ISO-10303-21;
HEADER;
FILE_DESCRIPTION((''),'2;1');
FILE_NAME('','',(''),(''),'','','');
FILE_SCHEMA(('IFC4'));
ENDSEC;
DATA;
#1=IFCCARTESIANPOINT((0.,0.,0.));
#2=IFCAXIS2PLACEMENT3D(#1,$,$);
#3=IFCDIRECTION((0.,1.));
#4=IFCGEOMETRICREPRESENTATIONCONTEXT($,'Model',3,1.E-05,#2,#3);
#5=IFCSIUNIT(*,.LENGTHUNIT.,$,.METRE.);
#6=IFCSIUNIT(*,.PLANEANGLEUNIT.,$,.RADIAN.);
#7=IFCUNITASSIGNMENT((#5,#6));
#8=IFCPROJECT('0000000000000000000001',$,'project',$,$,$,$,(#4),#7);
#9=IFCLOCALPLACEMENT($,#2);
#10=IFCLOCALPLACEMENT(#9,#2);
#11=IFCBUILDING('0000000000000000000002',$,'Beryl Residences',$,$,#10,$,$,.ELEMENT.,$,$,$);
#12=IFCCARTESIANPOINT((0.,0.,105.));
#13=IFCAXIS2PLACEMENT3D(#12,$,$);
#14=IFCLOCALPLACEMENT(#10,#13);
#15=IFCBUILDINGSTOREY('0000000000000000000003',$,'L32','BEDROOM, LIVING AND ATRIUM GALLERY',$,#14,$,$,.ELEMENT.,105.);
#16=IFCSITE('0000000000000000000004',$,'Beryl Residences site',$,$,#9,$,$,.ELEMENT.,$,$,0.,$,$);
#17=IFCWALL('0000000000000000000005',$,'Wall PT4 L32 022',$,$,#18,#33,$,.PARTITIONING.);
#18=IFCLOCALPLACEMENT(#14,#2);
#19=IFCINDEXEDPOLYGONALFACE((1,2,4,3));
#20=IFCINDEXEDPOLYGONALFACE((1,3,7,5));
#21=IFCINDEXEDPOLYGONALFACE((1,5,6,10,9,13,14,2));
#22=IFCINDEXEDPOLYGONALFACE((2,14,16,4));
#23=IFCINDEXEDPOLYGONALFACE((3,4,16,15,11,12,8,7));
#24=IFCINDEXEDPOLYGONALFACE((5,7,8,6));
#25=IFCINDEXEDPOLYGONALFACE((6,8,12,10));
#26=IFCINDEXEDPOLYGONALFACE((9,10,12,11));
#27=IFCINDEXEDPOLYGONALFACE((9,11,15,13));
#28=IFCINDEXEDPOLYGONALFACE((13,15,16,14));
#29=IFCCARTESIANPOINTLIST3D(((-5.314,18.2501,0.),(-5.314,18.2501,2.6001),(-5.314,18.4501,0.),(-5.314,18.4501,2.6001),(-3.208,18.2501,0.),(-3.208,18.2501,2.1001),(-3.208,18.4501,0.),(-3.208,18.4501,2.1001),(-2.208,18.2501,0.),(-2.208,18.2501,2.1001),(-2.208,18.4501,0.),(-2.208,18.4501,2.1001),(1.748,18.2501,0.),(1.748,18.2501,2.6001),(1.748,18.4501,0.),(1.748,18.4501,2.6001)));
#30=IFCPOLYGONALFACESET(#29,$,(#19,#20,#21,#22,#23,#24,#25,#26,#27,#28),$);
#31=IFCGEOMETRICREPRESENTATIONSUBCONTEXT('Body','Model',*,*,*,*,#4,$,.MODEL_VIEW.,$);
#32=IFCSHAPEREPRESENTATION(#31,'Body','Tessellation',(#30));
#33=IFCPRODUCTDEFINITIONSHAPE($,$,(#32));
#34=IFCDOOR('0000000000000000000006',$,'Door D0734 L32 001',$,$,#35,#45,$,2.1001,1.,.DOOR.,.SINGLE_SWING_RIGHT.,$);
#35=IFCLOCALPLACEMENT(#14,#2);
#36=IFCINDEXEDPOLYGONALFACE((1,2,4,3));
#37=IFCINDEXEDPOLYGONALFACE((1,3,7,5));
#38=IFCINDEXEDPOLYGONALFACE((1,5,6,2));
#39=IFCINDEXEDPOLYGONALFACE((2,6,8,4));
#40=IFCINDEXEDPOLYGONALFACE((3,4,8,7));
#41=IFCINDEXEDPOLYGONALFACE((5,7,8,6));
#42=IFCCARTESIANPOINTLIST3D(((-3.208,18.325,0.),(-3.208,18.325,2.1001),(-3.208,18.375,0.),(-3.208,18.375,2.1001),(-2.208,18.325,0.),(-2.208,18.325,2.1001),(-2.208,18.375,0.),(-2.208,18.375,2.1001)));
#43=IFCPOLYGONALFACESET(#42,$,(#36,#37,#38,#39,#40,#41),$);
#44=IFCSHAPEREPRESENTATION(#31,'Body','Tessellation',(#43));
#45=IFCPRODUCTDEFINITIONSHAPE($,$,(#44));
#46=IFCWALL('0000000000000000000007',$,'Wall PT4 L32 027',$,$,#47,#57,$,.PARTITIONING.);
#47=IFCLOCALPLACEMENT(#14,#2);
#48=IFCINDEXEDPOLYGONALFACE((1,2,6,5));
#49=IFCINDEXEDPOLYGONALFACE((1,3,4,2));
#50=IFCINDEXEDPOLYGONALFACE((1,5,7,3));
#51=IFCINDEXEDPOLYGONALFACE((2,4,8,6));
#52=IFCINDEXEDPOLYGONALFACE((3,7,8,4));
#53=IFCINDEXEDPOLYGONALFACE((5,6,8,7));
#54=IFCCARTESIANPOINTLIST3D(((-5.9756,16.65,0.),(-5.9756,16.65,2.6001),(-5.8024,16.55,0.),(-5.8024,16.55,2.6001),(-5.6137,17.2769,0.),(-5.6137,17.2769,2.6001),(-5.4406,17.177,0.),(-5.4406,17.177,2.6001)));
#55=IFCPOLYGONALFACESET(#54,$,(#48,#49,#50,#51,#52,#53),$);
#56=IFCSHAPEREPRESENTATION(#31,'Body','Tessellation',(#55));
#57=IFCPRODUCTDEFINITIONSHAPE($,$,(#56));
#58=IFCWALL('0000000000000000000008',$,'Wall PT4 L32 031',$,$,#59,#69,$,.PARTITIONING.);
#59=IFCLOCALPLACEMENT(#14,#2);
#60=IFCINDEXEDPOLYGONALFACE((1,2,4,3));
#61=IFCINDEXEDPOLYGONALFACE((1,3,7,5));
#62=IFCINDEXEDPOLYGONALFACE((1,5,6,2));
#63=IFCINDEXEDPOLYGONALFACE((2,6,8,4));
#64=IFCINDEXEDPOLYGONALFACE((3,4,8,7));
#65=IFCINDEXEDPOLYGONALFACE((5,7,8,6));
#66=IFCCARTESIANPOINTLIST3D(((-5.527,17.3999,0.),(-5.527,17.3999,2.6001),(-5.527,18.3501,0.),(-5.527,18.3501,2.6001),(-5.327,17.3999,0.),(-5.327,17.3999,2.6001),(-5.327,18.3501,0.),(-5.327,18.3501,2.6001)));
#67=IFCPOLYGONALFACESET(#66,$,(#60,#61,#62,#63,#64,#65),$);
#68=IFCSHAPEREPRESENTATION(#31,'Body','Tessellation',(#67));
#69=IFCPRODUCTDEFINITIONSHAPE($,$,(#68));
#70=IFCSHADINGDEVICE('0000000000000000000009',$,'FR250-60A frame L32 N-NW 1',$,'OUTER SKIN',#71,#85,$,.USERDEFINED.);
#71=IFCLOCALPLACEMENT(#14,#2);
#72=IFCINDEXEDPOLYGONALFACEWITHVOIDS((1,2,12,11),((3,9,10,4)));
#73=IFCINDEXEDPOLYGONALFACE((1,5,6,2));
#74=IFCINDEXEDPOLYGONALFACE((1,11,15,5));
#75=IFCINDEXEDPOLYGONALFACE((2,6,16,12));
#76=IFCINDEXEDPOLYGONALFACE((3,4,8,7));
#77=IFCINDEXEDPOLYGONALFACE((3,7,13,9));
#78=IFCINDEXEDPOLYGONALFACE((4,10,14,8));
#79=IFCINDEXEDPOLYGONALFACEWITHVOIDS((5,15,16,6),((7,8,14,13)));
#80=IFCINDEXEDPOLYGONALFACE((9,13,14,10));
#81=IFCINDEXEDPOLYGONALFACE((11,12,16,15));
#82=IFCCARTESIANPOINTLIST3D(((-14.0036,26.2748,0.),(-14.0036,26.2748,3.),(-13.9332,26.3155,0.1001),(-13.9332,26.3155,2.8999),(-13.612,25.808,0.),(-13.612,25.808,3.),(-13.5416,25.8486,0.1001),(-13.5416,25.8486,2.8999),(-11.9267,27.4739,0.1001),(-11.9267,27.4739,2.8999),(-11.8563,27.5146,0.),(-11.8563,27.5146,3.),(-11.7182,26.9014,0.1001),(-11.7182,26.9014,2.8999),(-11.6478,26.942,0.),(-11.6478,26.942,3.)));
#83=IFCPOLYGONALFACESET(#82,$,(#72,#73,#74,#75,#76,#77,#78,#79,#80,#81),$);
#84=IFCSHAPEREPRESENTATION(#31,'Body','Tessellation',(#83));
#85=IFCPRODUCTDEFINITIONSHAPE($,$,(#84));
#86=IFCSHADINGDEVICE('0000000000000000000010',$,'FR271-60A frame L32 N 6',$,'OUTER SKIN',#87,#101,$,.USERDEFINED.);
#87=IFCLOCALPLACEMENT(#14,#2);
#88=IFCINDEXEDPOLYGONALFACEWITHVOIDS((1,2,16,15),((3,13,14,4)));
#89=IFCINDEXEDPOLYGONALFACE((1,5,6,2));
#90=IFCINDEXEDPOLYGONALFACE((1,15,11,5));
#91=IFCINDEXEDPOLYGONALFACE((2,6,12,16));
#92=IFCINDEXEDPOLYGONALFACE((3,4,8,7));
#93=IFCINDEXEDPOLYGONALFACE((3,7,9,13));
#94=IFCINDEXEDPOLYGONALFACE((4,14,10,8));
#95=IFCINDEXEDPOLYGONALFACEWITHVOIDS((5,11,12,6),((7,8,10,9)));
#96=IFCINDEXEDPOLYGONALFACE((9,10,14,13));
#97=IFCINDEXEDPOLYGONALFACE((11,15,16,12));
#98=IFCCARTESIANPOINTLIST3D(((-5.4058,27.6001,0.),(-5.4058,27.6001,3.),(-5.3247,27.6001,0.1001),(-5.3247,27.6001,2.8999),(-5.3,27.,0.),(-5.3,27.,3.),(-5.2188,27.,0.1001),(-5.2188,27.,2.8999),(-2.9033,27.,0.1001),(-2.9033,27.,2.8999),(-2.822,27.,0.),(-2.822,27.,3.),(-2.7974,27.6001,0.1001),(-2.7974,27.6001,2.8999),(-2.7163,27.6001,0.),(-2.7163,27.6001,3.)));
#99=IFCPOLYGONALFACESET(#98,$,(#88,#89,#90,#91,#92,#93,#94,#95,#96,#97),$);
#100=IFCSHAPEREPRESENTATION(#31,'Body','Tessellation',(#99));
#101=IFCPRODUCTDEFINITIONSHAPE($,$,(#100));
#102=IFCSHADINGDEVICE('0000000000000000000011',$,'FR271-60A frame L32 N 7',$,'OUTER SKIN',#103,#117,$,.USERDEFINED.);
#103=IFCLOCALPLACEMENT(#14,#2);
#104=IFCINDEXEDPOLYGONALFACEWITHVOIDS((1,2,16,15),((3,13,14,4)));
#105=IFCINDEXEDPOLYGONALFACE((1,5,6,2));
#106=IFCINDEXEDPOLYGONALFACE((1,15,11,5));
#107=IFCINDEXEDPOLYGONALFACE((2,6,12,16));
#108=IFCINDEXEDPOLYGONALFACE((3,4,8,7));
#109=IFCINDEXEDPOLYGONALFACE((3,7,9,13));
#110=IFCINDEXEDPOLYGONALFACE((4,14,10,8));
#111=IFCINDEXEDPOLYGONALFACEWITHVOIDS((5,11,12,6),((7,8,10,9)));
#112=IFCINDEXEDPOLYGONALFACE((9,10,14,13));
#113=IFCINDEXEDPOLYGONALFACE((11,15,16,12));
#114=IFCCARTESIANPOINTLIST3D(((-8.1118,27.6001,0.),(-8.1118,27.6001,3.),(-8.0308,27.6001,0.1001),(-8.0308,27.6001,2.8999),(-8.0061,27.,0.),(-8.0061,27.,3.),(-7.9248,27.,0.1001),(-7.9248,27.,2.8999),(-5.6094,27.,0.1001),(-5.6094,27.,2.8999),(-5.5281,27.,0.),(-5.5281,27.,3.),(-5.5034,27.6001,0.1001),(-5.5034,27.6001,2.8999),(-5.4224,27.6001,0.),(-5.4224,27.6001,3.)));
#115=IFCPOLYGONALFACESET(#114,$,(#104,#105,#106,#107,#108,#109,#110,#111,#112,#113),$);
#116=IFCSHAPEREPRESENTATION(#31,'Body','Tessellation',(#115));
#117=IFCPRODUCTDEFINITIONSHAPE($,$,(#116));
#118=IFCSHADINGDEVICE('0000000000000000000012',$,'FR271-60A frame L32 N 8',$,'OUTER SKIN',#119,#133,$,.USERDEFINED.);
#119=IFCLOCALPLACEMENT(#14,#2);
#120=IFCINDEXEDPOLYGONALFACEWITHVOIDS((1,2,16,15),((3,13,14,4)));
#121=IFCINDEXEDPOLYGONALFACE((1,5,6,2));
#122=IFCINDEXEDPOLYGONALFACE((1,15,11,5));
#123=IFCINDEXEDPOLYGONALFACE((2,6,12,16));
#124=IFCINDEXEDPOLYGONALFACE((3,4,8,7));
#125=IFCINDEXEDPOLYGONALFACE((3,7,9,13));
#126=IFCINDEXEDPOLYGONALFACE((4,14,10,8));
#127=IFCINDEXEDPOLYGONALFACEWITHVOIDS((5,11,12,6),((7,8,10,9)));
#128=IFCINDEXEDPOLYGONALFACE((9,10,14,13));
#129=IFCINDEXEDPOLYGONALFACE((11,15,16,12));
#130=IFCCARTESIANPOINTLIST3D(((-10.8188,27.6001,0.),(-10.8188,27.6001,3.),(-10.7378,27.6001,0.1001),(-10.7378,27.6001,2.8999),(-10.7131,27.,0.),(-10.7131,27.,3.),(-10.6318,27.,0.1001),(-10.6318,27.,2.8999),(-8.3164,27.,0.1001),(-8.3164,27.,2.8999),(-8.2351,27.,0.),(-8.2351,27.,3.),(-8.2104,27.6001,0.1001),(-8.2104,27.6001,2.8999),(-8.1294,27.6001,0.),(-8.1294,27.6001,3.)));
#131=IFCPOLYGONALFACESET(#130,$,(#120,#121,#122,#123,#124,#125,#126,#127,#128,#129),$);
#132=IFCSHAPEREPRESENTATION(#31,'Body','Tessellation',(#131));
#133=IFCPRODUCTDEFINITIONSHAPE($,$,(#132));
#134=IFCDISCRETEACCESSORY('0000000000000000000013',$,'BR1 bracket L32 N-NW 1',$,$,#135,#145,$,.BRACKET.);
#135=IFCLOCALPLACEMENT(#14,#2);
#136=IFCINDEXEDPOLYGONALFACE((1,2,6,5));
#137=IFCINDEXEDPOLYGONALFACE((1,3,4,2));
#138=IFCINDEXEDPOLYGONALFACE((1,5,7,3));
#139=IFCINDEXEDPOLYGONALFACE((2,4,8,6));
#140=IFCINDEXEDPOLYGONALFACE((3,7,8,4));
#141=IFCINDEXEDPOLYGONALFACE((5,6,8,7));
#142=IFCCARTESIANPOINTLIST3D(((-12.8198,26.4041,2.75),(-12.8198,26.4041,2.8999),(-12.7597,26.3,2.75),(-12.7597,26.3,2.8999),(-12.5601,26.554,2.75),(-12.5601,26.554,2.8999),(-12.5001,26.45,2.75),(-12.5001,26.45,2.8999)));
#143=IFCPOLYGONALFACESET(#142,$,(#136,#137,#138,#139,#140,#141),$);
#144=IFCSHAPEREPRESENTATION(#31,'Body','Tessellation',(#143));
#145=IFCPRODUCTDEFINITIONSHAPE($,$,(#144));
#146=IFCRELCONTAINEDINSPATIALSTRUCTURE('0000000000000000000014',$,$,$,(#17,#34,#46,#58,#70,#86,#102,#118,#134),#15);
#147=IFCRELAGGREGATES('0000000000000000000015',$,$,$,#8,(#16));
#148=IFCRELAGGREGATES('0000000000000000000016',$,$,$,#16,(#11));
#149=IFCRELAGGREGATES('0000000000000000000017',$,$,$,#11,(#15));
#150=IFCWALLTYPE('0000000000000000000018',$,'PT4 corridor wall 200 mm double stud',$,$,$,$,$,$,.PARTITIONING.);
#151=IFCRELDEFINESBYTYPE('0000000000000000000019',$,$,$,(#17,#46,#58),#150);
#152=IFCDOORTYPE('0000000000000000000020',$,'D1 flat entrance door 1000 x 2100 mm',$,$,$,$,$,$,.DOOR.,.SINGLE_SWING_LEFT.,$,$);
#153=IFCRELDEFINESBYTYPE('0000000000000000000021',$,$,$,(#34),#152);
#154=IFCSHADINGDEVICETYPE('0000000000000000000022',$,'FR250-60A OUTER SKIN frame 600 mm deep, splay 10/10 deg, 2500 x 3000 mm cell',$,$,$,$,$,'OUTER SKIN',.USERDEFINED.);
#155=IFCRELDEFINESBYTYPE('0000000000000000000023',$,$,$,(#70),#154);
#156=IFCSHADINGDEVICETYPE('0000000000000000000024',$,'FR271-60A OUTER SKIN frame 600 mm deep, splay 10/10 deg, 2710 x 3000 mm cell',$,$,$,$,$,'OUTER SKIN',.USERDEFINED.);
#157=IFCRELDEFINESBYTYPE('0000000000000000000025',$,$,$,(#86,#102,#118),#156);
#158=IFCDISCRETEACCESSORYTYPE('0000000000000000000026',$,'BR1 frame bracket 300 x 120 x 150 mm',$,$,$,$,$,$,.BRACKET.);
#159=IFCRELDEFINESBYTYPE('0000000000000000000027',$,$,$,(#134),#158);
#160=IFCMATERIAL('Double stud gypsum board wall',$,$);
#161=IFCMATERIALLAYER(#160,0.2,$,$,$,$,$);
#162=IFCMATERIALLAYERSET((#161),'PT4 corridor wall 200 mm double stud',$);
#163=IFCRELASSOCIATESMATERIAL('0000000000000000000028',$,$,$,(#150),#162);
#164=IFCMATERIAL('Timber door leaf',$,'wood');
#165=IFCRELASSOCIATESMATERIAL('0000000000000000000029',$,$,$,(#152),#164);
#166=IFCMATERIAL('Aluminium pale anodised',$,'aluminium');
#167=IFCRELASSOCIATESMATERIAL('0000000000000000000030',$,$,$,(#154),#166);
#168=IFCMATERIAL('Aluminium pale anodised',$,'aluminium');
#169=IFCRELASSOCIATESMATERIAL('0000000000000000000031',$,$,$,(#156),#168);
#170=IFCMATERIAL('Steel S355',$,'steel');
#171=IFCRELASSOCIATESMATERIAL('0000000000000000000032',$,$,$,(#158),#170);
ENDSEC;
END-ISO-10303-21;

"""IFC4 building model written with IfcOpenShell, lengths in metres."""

from ifc_helpers import new_model, entity, si_unit, direction, frame, frame_2d, origin, place, context, subcontext, project, spatial, polyline, rectangle, outline, extrude, source, transform, mapped, material, layer, layer_set, type_object, type_shapes, element, fill, save


model = new_model("IFC4")

# Units and contexts
model_context = context("Model", 3, precision=1e-05, world=origin(), true_north=direction((0.0, 1.0)))
body_context = subcontext(model_context, "Body", "Model", "MODEL_VIEW")
ifc_project = project(units=[si_unit("LENGTHUNIT", "METRE"), si_unit("PLANEANGLEUNIT", "RADIAN")], contexts=[model_context])

# Site, building, storey
site_placement = place(None, origin())
site = spatial("IfcSite", under=ifc_project, at=site_placement, Name="Beryl Residences site", CompositionType="ELEMENT", RefElevation=0.0)
building_placement = place(site_placement, origin())
building = spatial("IfcBuilding", under=site, at=building_placement, Name="Beryl Residences", CompositionType="ELEMENT")
storey_placement = place(building_placement, frame((0.0, 0.0, 105.0)))
storey = spatial("IfcBuildingStorey", under=building, at=storey_placement, Name="L32", Description="BEDROOM, LIVING AND ATRIUM GALLERY", CompositionType="ELEMENT", Elevation=105.0)

# Wall, opening, door
ifc_material_1 = material(Name="Double stud gypsum board wall")
ifc_layer_1 = layer(ifc_material_1, 0.2)
ifc_layer_set_1 = layer_set([ifc_layer_1], Name="PT4 corridor wall 200 mm double stud")
wall_type_1 = type_object("IfcWallType", Name="PT4 corridor wall 200 mm double stud", PredefinedType="PARTITIONING", material=ifc_layer_set_1)
wall_1_placement = place(storey_placement, frame((-5.314, 18.3501, 0.0), z_axis=(0.0, 0.0, 1.0), x_axis=(1.0, 0.0, 0.0)))
wall_1 = element("IfcWall", 1, at=wall_1_placement, inside=storey, type_object=wall_type_1, Name="Wall PT4 L32 022", PredefinedType="PARTITIONING", context=body_context, shape_type="SweptSolid", body=[
    extrude(rectangle(XDim=7.062, YDim=0.2, at=frame_2d((3.531, 0.0))), origin(), (0.0, 0.0, 1.0), 2.6001),
])
opening_1_placement = place(wall_1_placement, frame((2.106, 0.0, 0.0)))
opening_1 = element("IfcOpeningElement", 2, at=opening_1_placement, cuts=wall_1, PredefinedType="OPENING", context=body_context, shape_type="SweptSolid", body=[
    extrude(rectangle(XDim=1.0, YDim=2.1001, at=frame_2d((0.5, 1.05))), frame((0.0, 0.1099, 0.0), z_axis=(0.0, -1.0, 0.0), x_axis=(1.0, 0.0, 0.0)), (0.0, 0.0, 1.0), 0.22),
])
ifc_material_2 = material(Name="Timber door leaf", Category="wood")
door_type_1 = type_object("IfcDoorType", Name="D1 flat entrance door 1000 x 2100 mm", OperationType="SINGLE_SWING_LEFT", PredefinedType="DOOR", material=ifc_material_2)
door_1_placement = place(opening_1_placement, origin())
door_1 = element("IfcDoor", 3, at=door_1_placement, inside=storey, type_object=door_type_1, Name="Door D0734 L32 001", OperationType="SINGLE_SWING_RIGHT", OverallHeight=2.1001, OverallWidth=1.0, PredefinedType="DOOR", context=body_context, shape_type="SweptSolid", body=[
    extrude(rectangle(XDim=1.0, YDim=2.1001, at=frame_2d((0.5, 1.05))), frame((0.0, 0.0249, 0.0), z_axis=(0.0, -1.0, 0.0), x_axis=(1.0, 0.0, 0.0)), (0.0, 0.0, 1.0), 0.05),
])
fill(opening_1, door_1)

# Walls
wall_2_placement = place(storey_placement, frame((-5.8889, 16.6001, 0.0), z_axis=(0.0, 0.0, 1.0), x_axis=(0.499839, 0.866118, 0.0)))
element("IfcWall", 4, at=wall_2_placement, inside=storey, type_object=wall_type_1, Name="Wall PT4 L32 027", PredefinedType="PARTITIONING", context=body_context, shape_type="SweptSolid", body=[
    extrude(rectangle(XDim=0.7239, YDim=0.2, at=frame_2d((0.3618, 0.0))), origin(), (0.0, 0.0, 1.0), 2.6001),
])
wall_3_placement = place(storey_placement, frame((-5.427, 17.3999, 0.0), z_axis=(0.0, 0.0, 1.0), x_axis=(0.0, 1.0, 0.0)))
element("IfcWall", 5, at=wall_3_placement, inside=storey, type_object=wall_type_1, Name="Wall PT4 L32 031", PredefinedType="PARTITIONING", context=body_context, shape_type="SweptSolid", body=[
    extrude(rectangle(XDim=0.9502, YDim=0.2, at=frame_2d((0.4751, 0.0))), origin(), (0.0, 0.0, 1.0), 2.6001),
])

# Shading devices
ifc_material_3 = material(Name="Aluminium pale anodised", Category="aluminium")
shading_device_type_1 = type_object("IfcShadingDeviceType", Name="FR250-60A OUTER SKIN frame 600 mm deep, splay 10/10 deg, 2500 x 3000 mm cell", ElementType="OUTER SKIN", PredefinedType="USERDEFINED", material=ifc_material_3)
cartesian_point_1 = entity("IfcCartesianPoint", [-1.134, 0.0])
cartesian_point_2 = entity("IfcCartesianPoint", [-1.0527, 0.1001])
cartesian_point_3 = entity("IfcCartesianPoint", [-1.2397, 0.0])
cartesian_point_4 = entity("IfcCartesianPoint", [-1.1584, 0.1001])
shared_shape_1 = source(origin(), body_context, "Body", "SweptSolid", [
    entity("IfcExtrudedAreaSolidTapered", entity("IfcArbitraryProfileDefWithVoids", "AREA", None, entity("IfcPolyline", [cartesian_point_1, entity("IfcCartesianPoint", [1.134, 0.0]), entity("IfcCartesianPoint", [1.134, 3.0]), entity("IfcCartesianPoint", [-1.134, 3.0]), cartesian_point_1]), [entity("IfcPolyline", [cartesian_point_2, entity("IfcCartesianPoint", [1.0527, 0.1001]), entity("IfcCartesianPoint", [1.0527, 2.8999]), entity("IfcCartesianPoint", [-1.0527, 2.8999]), cartesian_point_2])]), entity("IfcAxis2Placement3D", entity("IfcCartesianPoint", [0.0, 0.0, 0.0]), entity("IfcDirection", [0.0, 1.0, 0.0]), entity("IfcDirection", [-1.0, 0.0, 0.0])), entity("IfcDirection", [0.0, 0.0, 1.0]), 0.6001, entity("IfcArbitraryProfileDefWithVoids", "AREA", None, entity("IfcPolyline", [cartesian_point_3, entity("IfcCartesianPoint", [1.2397, 0.0]), entity("IfcCartesianPoint", [1.2397, 3.0]), entity("IfcCartesianPoint", [-1.2397, 3.0]), cartesian_point_3]), [entity("IfcPolyline", [cartesian_point_4, entity("IfcCartesianPoint", [1.1584, 0.1001]), entity("IfcCartesianPoint", [1.1584, 2.8999]), entity("IfcCartesianPoint", [-1.1584, 2.8999]), cartesian_point_4])])),
])
type_shapes(shading_device_type_1, [shared_shape_1])
shading_device_placement = place(storey_placement, frame((-12.6299, 26.375, 0.0), z_axis=(0.0, 0.0, 1.0), x_axis=(0.866025, 0.5, 0.0)))
element("IfcShadingDevice", 6, at=shading_device_placement, inside=storey, type_object=shading_device_type_1, Name="FR250-60A frame L32 N-NW 1", ObjectType="OUTER SKIN", PredefinedType="USERDEFINED", context=body_context, shape_type="MappedRepresentation", body=[
    mapped(shared_shape_1, transform((0.0, 0.0, 0.0))),
])
ifc_material_4 = material(Name="Aluminium pale anodised", Category="aluminium")
shading_device_type_2 = type_object("IfcShadingDeviceType", Name="FR271-60A OUTER SKIN frame 600 mm deep, splay 10/10 deg, 2710 x 3000 mm cell", ElementType="OUTER SKIN", PredefinedType="USERDEFINED", material=ifc_material_4)
cartesian_point_5 = entity("IfcCartesianPoint", [-1.239, 0.0])
cartesian_point_6 = entity("IfcCartesianPoint", [-1.1577, 0.1001])
cartesian_point_7 = entity("IfcCartesianPoint", [-1.3447, 0.0])
cartesian_point_8 = entity("IfcCartesianPoint", [-1.2637, 0.1001])
shared_shape_2 = source(origin(), body_context, "Body", "SweptSolid", [
    entity("IfcExtrudedAreaSolidTapered", entity("IfcArbitraryProfileDefWithVoids", "AREA", None, entity("IfcPolyline", [cartesian_point_5, entity("IfcCartesianPoint", [1.239, 0.0]), entity("IfcCartesianPoint", [1.239, 3.0]), entity("IfcCartesianPoint", [-1.239, 3.0]), cartesian_point_5]), [entity("IfcPolyline", [cartesian_point_6, entity("IfcCartesianPoint", [1.1577, 0.1001]), entity("IfcCartesianPoint", [1.1577, 2.8999]), entity("IfcCartesianPoint", [-1.1577, 2.8999]), cartesian_point_6])]), entity("IfcAxis2Placement3D", entity("IfcCartesianPoint", [0.0, 0.0, 0.0]), entity("IfcDirection", [0.0, 1.0, 0.0]), entity("IfcDirection", [-1.0, 0.0, 0.0])), entity("IfcDirection", [0.0, 0.0, 1.0]), 0.6001, entity("IfcArbitraryProfileDefWithVoids", "AREA", None, entity("IfcPolyline", [cartesian_point_7, entity("IfcCartesianPoint", [1.3447, 0.0]), entity("IfcCartesianPoint", [1.3447, 3.0]), entity("IfcCartesianPoint", [-1.3447, 3.0]), cartesian_point_7]), [entity("IfcPolyline", [cartesian_point_8, entity("IfcCartesianPoint", [1.2637, 0.1001]), entity("IfcCartesianPoint", [1.2637, 2.8999]), entity("IfcCartesianPoint", [-1.2637, 2.8999]), cartesian_point_8])])),
])
type_shapes(shading_device_type_2, [shared_shape_2])
for number, where, z_axis, x_axis, name in (
    (7, (-4.061, 27.0, 0.0), (0.0, 0.0, 1.0), (1.0, 0.0, 0.0), "FR271-60A frame L32 N 6"),
    (8, (-6.7671, 27.0, 0.0), (0.0, 0.0, 1.0), (1.0, 0.0, 0.0), "FR271-60A frame L32 N 7"),
    (9, (-9.4741, 27.0, 0.0), (0.0, 0.0, 1.0), (1.0, 0.0, 0.0), "FR271-60A frame L32 N 8"),
):
    element("IfcShadingDevice", number, at=place(storey_placement, frame(where, z_axis=z_axis, x_axis=x_axis)), inside=storey, type_object=shading_device_type_2, Name=name, ObjectType="OUTER SKIN", PredefinedType="USERDEFINED", context=body_context, shape_type="MappedRepresentation", body=[
        mapped(shared_shape_2, transform((0.0, 0.0, 0.0))),
    ])

# Discrete accessory
ifc_material_5 = material(Name="Steel S355", Category="steel")
discrete_accessory_type = type_object("IfcDiscreteAccessoryType", Name="BR1 frame bracket 300 x 120 x 150 mm", PredefinedType="BRACKET", material=ifc_material_5)
shared_shape_3 = source(origin(), body_context, "Body", "SweptSolid", [
    extrude(outline(polyline([(-0.1499, 0.0), (0.1499, 0.0), (0.1499, 0.1201), (-0.1499, 0.1201), (-0.1499, 0.0)])), origin(), (0.0, 0.0, 1.0), 0.1499),
])
type_shapes(discrete_accessory_type, [shared_shape_3])
discrete_accessory_placement = place(storey_placement, frame((-12.6299, 26.375, 2.75), z_axis=(0.0, 0.0, 1.0), x_axis=(0.866025, 0.5, 0.0)))
element("IfcDiscreteAccessory", 10, at=discrete_accessory_placement, inside=storey, type_object=discrete_accessory_type, Name="BR1 bracket L32 N-NW 1", PredefinedType="BRACKET", context=body_context, shape_type="MappedRepresentation", body=[
    mapped(shared_shape_3, transform((0.0, 0.0, 0.0))),
])

save(model, "model.ifc")
